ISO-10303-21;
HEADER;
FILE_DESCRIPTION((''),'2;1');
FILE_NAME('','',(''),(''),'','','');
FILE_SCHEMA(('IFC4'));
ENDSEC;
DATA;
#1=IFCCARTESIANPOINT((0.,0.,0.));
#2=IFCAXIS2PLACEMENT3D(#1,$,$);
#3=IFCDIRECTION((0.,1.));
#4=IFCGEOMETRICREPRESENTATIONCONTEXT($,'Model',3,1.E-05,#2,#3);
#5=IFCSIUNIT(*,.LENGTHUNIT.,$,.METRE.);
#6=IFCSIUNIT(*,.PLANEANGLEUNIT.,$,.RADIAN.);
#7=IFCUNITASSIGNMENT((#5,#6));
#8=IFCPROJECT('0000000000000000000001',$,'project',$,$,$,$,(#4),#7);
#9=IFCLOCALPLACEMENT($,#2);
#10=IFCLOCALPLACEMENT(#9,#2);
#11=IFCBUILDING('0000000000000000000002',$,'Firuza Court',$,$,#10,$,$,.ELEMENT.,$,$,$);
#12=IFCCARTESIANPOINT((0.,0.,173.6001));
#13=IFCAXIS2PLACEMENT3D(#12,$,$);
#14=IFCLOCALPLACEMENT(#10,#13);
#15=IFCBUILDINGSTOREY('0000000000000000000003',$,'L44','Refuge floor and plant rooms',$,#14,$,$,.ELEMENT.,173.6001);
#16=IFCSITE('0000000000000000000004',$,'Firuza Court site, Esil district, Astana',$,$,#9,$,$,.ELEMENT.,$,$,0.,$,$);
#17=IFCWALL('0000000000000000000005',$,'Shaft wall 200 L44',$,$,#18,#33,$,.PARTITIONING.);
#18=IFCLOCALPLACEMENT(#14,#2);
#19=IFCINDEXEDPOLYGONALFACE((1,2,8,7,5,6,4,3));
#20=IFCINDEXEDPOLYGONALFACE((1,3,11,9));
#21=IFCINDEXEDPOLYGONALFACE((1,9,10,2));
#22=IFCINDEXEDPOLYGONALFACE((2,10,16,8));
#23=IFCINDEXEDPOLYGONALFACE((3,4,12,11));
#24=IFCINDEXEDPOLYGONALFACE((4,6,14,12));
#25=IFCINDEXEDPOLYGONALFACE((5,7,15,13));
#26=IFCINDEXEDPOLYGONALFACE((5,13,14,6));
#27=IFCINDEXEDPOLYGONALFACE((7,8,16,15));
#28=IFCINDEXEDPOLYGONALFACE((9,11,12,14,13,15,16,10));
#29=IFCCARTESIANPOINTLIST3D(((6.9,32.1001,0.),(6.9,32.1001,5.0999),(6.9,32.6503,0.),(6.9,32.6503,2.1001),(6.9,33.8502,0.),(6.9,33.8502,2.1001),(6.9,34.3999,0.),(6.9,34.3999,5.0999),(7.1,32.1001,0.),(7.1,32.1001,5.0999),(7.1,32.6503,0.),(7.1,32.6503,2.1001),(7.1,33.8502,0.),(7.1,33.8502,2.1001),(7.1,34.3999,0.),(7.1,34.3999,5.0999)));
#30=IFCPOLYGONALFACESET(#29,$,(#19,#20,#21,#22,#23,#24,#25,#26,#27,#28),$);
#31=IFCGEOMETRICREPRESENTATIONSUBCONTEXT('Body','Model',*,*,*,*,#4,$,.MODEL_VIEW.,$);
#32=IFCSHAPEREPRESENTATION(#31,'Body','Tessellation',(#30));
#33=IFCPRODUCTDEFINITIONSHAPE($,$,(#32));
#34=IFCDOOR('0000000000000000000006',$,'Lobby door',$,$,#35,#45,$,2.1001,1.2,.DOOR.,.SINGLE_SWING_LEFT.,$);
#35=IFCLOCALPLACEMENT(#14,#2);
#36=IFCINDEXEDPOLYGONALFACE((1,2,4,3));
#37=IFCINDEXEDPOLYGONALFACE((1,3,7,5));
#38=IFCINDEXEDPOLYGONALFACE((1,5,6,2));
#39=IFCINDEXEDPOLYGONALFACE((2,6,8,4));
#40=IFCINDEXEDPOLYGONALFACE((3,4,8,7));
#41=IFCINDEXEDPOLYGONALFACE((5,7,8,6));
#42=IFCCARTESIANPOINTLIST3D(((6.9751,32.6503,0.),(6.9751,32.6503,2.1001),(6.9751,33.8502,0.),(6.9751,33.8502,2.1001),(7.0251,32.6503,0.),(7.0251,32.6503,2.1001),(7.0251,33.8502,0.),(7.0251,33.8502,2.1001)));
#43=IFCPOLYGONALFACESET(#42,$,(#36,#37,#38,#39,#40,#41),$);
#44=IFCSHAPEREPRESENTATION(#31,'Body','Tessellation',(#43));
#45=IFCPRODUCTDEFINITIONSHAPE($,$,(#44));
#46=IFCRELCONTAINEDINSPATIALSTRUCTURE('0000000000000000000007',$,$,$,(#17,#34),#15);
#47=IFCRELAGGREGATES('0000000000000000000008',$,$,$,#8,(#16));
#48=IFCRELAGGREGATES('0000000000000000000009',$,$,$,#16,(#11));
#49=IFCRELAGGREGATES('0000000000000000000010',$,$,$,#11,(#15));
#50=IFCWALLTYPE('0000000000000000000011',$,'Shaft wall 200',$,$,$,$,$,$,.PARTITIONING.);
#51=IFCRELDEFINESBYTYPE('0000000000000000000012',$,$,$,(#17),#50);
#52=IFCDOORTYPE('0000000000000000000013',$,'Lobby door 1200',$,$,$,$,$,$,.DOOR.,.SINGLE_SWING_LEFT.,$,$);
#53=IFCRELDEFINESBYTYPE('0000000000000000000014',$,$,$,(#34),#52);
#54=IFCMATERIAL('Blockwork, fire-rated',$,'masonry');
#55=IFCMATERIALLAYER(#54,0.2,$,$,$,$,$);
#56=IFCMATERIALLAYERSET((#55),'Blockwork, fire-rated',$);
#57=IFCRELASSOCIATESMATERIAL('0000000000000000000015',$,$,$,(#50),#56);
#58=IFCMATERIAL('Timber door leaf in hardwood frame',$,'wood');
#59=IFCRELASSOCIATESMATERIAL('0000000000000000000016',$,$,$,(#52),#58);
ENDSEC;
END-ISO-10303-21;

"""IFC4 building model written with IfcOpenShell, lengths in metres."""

from ifc_helpers import new_model, si_unit, direction, frame, frame_2d, origin, place, context, subcontext, project, spatial, rectangle, extrude, material, layer, layer_set, type_object, element, fill, save


model = new_model("IFC4")

# Units and contexts
model_context = context("Model", 3, precision=1e-05, world=origin(), true_north=direction((0.0, 1.0)))
body_context = subcontext(model_context, "Body", "Model", "MODEL_VIEW")
ifc_project = project(units=[si_unit("LENGTHUNIT", "METRE"), si_unit("PLANEANGLEUNIT", "RADIAN")], contexts=[model_context])

# Site, building, storey
site_placement = place(None, origin())
site = spatial("IfcSite", under=ifc_project, at=site_placement, Name="Firuza Court site, Esil district, Astana", CompositionType="ELEMENT", RefElevation=0.0)
building_placement = place(site_placement, origin())
building = spatial("IfcBuilding", under=site, at=building_placement, Name="Firuza Court", CompositionType="ELEMENT")
storey_placement = place(building_placement, frame((0.0, 0.0, 173.6001)))
storey = spatial("IfcBuildingStorey", under=building, at=storey_placement, Name="L44", Description="Refuge floor and plant rooms", CompositionType="ELEMENT", Elevation=173.6001)

# Shared definitions
ifc_material_1 = material(Name="Blockwork, fire-rated", Category="masonry")
ifc_layer_1 = layer(ifc_material_1, 0.2)
ifc_layer_set_1 = layer_set([ifc_layer_1], Name="Blockwork, fire-rated")
wall_type_1 = type_object("IfcWallType", Name="Shaft wall 200", PredefinedType="PARTITIONING", material=ifc_layer_set_1)

# Shared definitions
ifc_material_2 = material(Name="Timber door leaf in hardwood frame", Category="wood")
door_type = type_object("IfcDoorType", Name="Lobby door 1200", OperationType="SINGLE_SWING_LEFT", PredefinedType="DOOR", material=ifc_material_2)

# Wall, opening, door
wall_1_placement = place(storey_placement, frame((7.0, 32.1001, 0.0), z_axis=(0.0, 0.0, 1.0), x_axis=(0.0, 1.0, 0.0)))
wall_1 = element("IfcWall", 1, at=wall_1_placement, inside=storey, type_object=wall_type_1, Name="Shaft wall 200 L44", PredefinedType="PARTITIONING", context=body_context, shape_type="SweptSolid", body=[
    extrude(rectangle(XDim=2.2998, YDim=0.2, at=frame_2d((1.1499, 0.0))), origin(), (0.0, 0.0, 1.0), 5.0999),
])
opening_1_placement = place(wall_1_placement, frame((0.55, 0.0, 0.0)))
opening_1 = element("IfcOpeningElement", 2, at=opening_1_placement, cuts=wall_1, PredefinedType="OPENING", context=body_context, shape_type="SweptSolid", body=[
    extrude(rectangle(XDim=1.2, YDim=2.1001, at=frame_2d((0.6001, 1.05))), frame((0.0, 0.1118, 0.0), z_axis=(0.0, -1.0, 0.0), x_axis=(1.0, 0.0, 0.0)), (0.0, 0.0, 1.0), 0.2239),
])
door_1_placement = place(opening_1_placement, origin())
door_1 = element("IfcDoor", 3, at=door_1_placement, inside=storey, type_object=door_type, Name="Lobby door", OperationType="SINGLE_SWING_LEFT", OverallHeight=2.1001, OverallWidth=1.2, PredefinedType="DOOR", context=body_context, shape_type="SweptSolid", body=[
    extrude(rectangle(XDim=1.2, YDim=2.1001, at=frame_2d((0.6001, 1.05))), frame((0.0, 0.0249, 0.0), z_axis=(0.0, -1.0, 0.0), x_axis=(1.0, 0.0, 0.0)), (0.0, 0.0, 1.0), 0.05),
])
fill(opening_1, door_1)

save(model, "model.ifc")
